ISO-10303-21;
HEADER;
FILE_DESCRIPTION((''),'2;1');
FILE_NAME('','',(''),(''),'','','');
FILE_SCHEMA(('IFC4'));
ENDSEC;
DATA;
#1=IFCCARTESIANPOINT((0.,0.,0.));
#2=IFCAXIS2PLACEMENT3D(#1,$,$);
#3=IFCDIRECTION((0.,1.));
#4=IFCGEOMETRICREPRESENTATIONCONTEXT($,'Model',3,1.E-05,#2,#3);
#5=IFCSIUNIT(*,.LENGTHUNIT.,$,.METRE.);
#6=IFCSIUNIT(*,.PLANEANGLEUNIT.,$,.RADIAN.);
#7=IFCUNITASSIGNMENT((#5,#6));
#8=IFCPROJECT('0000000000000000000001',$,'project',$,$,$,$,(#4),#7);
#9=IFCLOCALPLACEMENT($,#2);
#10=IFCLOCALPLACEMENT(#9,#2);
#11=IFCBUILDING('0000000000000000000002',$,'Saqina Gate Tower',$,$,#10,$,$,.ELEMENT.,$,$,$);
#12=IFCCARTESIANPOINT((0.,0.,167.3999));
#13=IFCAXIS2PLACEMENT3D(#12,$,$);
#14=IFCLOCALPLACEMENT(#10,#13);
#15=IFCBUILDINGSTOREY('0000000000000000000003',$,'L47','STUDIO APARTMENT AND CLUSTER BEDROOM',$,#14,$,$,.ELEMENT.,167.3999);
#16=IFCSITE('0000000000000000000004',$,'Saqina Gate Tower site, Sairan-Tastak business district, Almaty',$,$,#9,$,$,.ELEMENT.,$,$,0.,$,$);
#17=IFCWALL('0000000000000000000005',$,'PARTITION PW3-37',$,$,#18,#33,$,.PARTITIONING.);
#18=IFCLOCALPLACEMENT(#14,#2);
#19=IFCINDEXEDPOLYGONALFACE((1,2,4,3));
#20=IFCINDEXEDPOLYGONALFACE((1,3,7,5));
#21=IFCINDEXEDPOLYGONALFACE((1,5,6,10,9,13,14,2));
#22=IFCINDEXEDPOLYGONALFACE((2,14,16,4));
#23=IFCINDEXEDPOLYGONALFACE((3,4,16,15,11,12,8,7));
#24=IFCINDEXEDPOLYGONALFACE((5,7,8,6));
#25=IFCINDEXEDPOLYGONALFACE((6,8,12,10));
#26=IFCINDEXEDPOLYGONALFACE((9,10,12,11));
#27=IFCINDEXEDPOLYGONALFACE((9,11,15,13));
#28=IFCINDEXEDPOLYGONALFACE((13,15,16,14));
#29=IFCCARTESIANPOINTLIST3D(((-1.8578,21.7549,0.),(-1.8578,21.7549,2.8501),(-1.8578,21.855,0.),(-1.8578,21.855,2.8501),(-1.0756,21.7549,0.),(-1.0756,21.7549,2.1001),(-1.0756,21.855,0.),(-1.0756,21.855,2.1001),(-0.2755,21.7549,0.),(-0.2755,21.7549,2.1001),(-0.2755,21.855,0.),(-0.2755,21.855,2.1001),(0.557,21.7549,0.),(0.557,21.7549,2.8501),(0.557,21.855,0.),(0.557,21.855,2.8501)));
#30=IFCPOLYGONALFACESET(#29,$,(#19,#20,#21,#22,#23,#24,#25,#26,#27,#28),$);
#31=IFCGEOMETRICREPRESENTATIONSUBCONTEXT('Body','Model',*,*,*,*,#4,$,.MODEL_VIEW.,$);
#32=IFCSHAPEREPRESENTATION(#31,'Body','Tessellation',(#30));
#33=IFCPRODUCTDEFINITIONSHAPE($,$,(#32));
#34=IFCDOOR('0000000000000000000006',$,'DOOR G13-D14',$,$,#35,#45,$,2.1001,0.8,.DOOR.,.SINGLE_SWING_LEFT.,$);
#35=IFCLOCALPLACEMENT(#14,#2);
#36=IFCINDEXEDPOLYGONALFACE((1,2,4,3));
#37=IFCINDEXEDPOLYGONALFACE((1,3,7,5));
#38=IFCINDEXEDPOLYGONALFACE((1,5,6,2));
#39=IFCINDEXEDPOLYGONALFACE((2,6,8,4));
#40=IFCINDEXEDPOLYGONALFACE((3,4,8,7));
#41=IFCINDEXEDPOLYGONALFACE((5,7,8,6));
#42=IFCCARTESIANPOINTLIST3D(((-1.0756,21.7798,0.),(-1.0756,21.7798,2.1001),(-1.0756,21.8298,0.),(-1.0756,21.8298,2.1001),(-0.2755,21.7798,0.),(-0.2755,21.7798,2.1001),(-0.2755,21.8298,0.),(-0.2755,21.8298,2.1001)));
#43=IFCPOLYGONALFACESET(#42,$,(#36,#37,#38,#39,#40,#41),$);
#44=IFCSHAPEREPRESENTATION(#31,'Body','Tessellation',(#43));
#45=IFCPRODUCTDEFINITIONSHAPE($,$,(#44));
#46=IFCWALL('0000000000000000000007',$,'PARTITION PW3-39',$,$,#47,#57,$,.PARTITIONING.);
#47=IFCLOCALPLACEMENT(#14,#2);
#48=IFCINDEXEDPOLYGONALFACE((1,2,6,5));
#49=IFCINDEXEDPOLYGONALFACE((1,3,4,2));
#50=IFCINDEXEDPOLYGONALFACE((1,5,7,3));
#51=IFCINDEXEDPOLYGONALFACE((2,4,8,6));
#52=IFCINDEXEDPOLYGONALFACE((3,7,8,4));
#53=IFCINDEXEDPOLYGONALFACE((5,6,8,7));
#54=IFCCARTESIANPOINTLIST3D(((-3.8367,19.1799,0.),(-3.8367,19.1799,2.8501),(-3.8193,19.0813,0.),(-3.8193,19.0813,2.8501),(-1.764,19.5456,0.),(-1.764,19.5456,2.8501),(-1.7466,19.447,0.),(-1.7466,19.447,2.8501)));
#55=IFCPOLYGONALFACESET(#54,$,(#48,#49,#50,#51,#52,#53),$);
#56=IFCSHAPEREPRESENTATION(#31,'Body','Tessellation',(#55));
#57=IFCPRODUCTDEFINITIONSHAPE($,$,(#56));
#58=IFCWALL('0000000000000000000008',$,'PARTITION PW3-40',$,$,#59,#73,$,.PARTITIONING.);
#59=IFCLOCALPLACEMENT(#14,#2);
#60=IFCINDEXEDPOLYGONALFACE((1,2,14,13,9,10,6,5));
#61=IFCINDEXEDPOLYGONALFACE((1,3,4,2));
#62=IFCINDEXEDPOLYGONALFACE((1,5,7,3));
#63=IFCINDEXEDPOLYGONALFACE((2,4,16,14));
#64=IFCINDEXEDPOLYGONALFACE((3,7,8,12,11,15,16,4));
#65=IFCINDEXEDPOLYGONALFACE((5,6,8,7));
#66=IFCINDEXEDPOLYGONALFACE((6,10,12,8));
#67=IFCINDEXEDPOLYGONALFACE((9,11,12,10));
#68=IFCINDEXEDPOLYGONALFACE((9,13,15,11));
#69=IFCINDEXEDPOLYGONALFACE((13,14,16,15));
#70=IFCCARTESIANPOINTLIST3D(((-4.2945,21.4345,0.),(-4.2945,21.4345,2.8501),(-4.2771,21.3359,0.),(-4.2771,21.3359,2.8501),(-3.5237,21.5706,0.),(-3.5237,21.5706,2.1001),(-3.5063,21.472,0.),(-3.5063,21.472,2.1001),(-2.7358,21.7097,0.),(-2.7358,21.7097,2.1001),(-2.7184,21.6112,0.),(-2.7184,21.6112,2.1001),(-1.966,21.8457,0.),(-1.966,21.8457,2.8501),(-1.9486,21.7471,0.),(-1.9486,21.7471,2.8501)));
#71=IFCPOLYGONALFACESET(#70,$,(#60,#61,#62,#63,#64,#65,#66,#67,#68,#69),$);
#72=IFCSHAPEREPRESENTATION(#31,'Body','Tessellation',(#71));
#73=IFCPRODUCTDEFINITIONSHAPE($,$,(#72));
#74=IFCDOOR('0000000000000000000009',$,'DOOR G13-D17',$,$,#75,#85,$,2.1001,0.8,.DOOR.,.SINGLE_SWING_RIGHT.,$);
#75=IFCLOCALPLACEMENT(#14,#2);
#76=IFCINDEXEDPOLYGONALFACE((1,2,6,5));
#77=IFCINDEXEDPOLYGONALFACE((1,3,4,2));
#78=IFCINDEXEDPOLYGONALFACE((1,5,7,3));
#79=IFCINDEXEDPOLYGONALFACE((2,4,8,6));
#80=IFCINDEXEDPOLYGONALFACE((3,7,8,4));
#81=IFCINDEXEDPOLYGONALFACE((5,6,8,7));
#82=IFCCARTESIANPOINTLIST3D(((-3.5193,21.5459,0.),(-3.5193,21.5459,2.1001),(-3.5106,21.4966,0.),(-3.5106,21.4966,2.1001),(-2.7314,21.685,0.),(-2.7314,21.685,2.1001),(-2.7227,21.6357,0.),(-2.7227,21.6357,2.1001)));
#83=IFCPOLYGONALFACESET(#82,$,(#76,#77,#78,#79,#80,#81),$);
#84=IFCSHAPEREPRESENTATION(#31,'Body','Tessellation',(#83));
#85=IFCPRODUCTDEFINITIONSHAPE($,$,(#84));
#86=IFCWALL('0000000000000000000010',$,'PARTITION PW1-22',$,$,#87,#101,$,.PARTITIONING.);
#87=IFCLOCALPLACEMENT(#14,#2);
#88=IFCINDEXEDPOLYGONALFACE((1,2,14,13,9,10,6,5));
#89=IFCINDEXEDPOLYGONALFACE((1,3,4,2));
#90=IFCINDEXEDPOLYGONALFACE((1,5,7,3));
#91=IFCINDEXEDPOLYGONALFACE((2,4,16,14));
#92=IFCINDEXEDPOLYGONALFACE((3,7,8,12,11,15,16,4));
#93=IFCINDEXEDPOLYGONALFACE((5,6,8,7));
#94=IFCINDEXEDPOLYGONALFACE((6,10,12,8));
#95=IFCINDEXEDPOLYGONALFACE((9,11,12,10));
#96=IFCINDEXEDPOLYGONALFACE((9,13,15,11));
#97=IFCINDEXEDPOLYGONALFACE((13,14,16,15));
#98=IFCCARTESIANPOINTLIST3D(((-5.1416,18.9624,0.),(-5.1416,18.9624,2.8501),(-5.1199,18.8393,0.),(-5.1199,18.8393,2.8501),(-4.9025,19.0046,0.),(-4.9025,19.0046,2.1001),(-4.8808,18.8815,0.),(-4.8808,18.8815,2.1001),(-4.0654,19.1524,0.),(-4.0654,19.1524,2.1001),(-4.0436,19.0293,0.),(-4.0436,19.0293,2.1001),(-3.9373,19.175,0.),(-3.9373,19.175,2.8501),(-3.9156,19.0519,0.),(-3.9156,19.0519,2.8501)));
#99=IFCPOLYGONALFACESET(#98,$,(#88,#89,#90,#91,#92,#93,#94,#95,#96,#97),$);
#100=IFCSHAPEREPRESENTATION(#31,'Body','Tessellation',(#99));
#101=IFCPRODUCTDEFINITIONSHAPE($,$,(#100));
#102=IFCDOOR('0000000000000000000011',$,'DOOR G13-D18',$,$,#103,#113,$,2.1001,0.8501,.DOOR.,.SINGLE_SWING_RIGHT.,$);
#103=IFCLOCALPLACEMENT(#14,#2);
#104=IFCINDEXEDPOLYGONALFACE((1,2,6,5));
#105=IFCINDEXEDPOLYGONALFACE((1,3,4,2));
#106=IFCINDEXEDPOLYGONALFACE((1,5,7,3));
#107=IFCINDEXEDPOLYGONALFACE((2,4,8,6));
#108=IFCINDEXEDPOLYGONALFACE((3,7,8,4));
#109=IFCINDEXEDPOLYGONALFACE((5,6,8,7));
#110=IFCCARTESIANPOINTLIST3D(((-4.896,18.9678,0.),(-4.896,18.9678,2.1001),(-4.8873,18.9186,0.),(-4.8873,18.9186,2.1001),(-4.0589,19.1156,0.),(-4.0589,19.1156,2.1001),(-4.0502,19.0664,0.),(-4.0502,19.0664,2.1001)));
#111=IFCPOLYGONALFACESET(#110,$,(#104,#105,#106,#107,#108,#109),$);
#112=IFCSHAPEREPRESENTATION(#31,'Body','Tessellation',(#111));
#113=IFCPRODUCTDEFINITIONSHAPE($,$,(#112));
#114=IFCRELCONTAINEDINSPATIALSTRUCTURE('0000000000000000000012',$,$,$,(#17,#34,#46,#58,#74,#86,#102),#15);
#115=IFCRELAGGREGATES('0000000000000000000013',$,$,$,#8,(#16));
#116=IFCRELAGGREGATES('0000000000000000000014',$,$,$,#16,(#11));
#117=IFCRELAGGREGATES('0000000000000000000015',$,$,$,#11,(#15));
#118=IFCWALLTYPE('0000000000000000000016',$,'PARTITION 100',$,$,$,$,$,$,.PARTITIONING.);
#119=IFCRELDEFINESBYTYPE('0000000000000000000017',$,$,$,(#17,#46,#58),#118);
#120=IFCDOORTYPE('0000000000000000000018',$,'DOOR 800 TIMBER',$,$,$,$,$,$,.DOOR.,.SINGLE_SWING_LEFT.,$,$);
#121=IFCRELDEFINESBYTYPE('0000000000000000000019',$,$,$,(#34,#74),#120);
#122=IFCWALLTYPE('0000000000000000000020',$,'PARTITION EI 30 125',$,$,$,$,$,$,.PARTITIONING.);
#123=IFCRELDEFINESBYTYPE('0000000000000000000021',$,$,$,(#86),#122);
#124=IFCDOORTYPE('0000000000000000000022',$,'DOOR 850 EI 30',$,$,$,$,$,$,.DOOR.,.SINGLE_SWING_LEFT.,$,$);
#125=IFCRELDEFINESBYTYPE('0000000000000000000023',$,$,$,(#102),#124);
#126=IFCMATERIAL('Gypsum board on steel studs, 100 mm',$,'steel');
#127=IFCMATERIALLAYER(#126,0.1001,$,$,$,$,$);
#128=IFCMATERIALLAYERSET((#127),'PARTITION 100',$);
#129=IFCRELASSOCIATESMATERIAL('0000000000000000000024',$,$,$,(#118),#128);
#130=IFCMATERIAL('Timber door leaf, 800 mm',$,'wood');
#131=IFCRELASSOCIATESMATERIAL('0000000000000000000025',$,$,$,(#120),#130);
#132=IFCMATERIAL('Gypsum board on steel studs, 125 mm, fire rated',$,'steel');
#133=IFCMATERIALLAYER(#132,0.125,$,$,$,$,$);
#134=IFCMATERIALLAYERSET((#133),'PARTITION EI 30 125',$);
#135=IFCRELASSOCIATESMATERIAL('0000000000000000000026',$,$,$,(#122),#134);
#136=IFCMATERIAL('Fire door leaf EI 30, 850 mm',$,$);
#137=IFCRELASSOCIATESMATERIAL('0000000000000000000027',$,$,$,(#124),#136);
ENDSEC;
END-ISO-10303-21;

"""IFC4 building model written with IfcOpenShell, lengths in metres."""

from ifc_helpers import new_model, si_unit, direction, frame, frame_2d, origin, place, context, subcontext, project, spatial, rectangle, extrude, material, layer, layer_set, type_object, element, fill, save


model = new_model("IFC4")

# Units and contexts
model_context = context("Model", 3, precision=1e-05, world=origin(), true_north=direction((0.0, 1.0)))
body_context = subcontext(model_context, "Body", "Model", "MODEL_VIEW")
ifc_project = project(units=[si_unit("LENGTHUNIT", "METRE"), si_unit("PLANEANGLEUNIT", "RADIAN")], contexts=[model_context])

# Site, building, storey
site_placement = place(None, origin())
site = spatial("IfcSite", under=ifc_project, at=site_placement, Name="Saqina Gate Tower site, Sairan-Tastak business district, Almaty", CompositionType="ELEMENT", RefElevation=0.0)
building_placement = place(site_placement, origin())
building = spatial("IfcBuilding", under=site, at=building_placement, Name="Saqina Gate Tower", CompositionType="ELEMENT")
storey_placement = place(building_placement, frame((0.0, 0.0, 167.3999)))
storey = spatial("IfcBuildingStorey", under=building, at=storey_placement, Name="L47", Description="STUDIO APARTMENT AND CLUSTER BEDROOM", CompositionType="ELEMENT", Elevation=167.3999)

# Shared definitions
ifc_material_1 = material(Name="Gypsum board on steel studs, 100 mm", Category="steel")
ifc_layer_1 = layer(ifc_material_1, 0.1001)
ifc_layer_set_1 = layer_set([ifc_layer_1], Name="PARTITION 100")
wall_type_1 = type_object("IfcWallType", Name="PARTITION 100", PredefinedType="PARTITIONING", material=ifc_layer_set_1)

# Wall, opening, door
wall_1_placement = place(storey_placement, frame((-1.8579, 21.8049, 0.0), z_axis=(0.0, 0.0, 1.0), x_axis=(1.0, 0.0, 0.0)))
wall_1 = element("IfcWall", 1, at=wall_1_placement, inside=storey, type_object=wall_type_1, Name="PARTITION PW3-37", PredefinedType="PARTITIONING", context=body_context, shape_type="SweptSolid", body=[
    extrude(rectangle(XDim=2.4148, YDim=0.1001, at=frame_2d((1.2075, 0.0))), origin(), (0.0, 0.0, 1.0), 2.8501),
])
opening_1_placement = place(wall_1_placement, frame((0.7825, 0.0, 0.0)))
opening_1 = element("IfcOpeningElement", 2, at=opening_1_placement, cuts=wall_1, PredefinedType="OPENING", context=body_context, shape_type="SweptSolid", body=[
    extrude(rectangle(XDim=0.8, YDim=2.1001, at=frame_2d((0.3999, 1.05))), frame((0.0, 0.062, 0.0), z_axis=(0.0, -1.0, 0.0), x_axis=(1.0, 0.0, 0.0)), (0.0, 0.0, 1.0), 0.124),
])
ifc_material_2 = material(Name="Timber door leaf, 800 mm", Category="wood")
door_type_1 = type_object("IfcDoorType", Name="DOOR 800 TIMBER", OperationType="SINGLE_SWING_LEFT", PredefinedType="DOOR", material=ifc_material_2)
door_1_placement = place(opening_1_placement, origin())
door_1 = element("IfcDoor", 3, at=door_1_placement, inside=storey, type_object=door_type_1, Name="DOOR G13-D14", OperationType="SINGLE_SWING_LEFT", OverallHeight=2.1001, OverallWidth=0.8, PredefinedType="DOOR", context=body_context, shape_type="SweptSolid", body=[
    extrude(rectangle(XDim=0.8, YDim=2.1001, at=frame_2d((0.3999, 1.05))), frame((0.0, 0.0249, 0.0), z_axis=(0.0, -1.0, 0.0), x_axis=(1.0, 0.0, 0.0)), (0.0, 0.0, 1.0), 0.05),
])
fill(opening_1, door_1)

# Wall
wall_2_placement = place(storey_placement, frame((-3.8279, 19.1306, 0.0), z_axis=(0.0, 0.0, 1.0), x_axis=(0.984788, 0.173759, 0.0)))
element("IfcWall", 4, at=wall_2_placement, inside=storey, type_object=wall_type_1, Name="PARTITION PW3-39", PredefinedType="PARTITIONING", context=body_context, shape_type="SweptSolid", body=[
    extrude(rectangle(XDim=2.1047, YDim=0.1001, at=frame_2d((1.0522, 0.0))), origin(), (0.0, 0.0, 1.0), 2.8501),
])

# Walls, openings, doors
wall_3_placement = place(storey_placement, frame((-4.2856, 21.3853, 0.0), z_axis=(0.0, 0.0, 1.0), x_axis=(0.984766, 0.173885, 0.0)))
wall_3 = element("IfcWall", 5, at=wall_3_placement, inside=storey, type_object=wall_type_1, Name="PARTITION PW3-40", PredefinedType="PARTITIONING", context=body_context, shape_type="SweptSolid", body=[
    extrude(rectangle(XDim=2.3645, YDim=0.1001, at=frame_2d((1.1821, 0.0))), origin(), (0.0, 0.0, 1.0), 2.8501),
])
opening_2_placement = place(wall_3_placement, frame((0.7827, 0.0, 0.0)))
opening_2 = element("IfcOpeningElement", 6, at=opening_2_placement, cuts=wall_3, PredefinedType="OPENING", context=body_context, shape_type="SweptSolid", body=[
    extrude(rectangle(XDim=0.8, YDim=2.1001, at=frame_2d((0.3999, 1.05))), frame((0.0, 0.062, 0.0), z_axis=(0.0, -1.0, 0.0), x_axis=(1.0, 0.0, 0.0)), (0.0, 0.0, 1.0), 0.124),
])
door_2_placement = place(opening_2_placement, origin())
door_2 = element("IfcDoor", 7, at=door_2_placement, inside=storey, type_object=door_type_1, Name="DOOR G13-D17", OperationType="SINGLE_SWING_RIGHT", OverallHeight=2.1001, OverallWidth=0.8, PredefinedType="DOOR", context=body_context, shape_type="SweptSolid", body=[
    extrude(rectangle(XDim=0.8, YDim=2.1001, at=frame_2d((0.3999, 1.05))), frame((0.0, 0.0249, 0.0), z_axis=(0.0, -1.0, 0.0), x_axis=(1.0, 0.0, 0.0)), (0.0, 0.0, 1.0), 0.05),
])
fill(opening_2, door_2)
ifc_material_3 = material(Name="Gypsum board on steel studs, 125 mm, fire rated", Category="steel")
ifc_layer_2 = layer(ifc_material_3, 0.125)
ifc_layer_set_2 = layer_set([ifc_layer_2], Name="PARTITION EI 30 125")
wall_type_2 = type_object("IfcWallType", Name="PARTITION EI 30 125", PredefinedType="PARTITIONING", material=ifc_layer_set_2)
wall_4_placement = place(storey_placement, frame((-5.1306, 18.9009, 0.0), z_axis=(0.0, 0.0, 1.0), x_axis=(0.984767, 0.173876, 0.0)))
wall_4 = element("IfcWall", 8, at=wall_4_placement, inside=storey, type_object=wall_type_2, Name="PARTITION PW1-22", PredefinedType="PARTITIONING", context=body_context, shape_type="SweptSolid", body=[
    extrude(rectangle(XDim=1.2229, YDim=0.125, at=frame_2d((0.6113, 0.0))), origin(), (0.0, 0.0, 1.0), 2.8501),
])
opening_3_placement = place(wall_4_placement, frame((0.2427, 0.0, 0.0)))
opening_3 = element("IfcOpeningElement", 9, at=opening_3_placement, cuts=wall_4, PredefinedType="OPENING", context=body_context, shape_type="SweptSolid", body=[
    extrude(rectangle(XDim=0.8501, YDim=2.1001, at=frame_2d((0.425, 1.05))), frame((0.0, 0.0745, 0.0), z_axis=(0.0, -1.0, 0.0), x_axis=(1.0, 0.0, 0.0)), (0.0, 0.0, 1.0), 0.1489),
])
ifc_material_4 = material(Name="Fire door leaf EI 30, 850 mm")
door_type_2 = type_object("IfcDoorType", Name="DOOR 850 EI 30", OperationType="SINGLE_SWING_LEFT", PredefinedType="DOOR", material=ifc_material_4)
door_3_placement = place(opening_3_placement, frame((0.8501, 0.0, 0.0), z_axis=(0.0, 0.0, 1.0), x_axis=(-1.0, 0.0, 0.0)))
door_3 = element("IfcDoor", 10, at=door_3_placement, inside=storey, type_object=door_type_2, Name="DOOR G13-D18", OperationType="SINGLE_SWING_RIGHT", OverallHeight=2.1001, OverallWidth=0.8501, PredefinedType="DOOR", context=body_context, shape_type="SweptSolid", body=[
    extrude(rectangle(XDim=0.8501, YDim=2.1001, at=frame_2d((0.425, 1.05))), frame((0.0, 0.0249, 0.0), z_axis=(0.0, -1.0, 0.0), x_axis=(1.0, 0.0, 0.0)), (0.0, 0.0, 1.0), 0.05),
])
fill(opening_3, door_3)

save(model, "model.ifc")
